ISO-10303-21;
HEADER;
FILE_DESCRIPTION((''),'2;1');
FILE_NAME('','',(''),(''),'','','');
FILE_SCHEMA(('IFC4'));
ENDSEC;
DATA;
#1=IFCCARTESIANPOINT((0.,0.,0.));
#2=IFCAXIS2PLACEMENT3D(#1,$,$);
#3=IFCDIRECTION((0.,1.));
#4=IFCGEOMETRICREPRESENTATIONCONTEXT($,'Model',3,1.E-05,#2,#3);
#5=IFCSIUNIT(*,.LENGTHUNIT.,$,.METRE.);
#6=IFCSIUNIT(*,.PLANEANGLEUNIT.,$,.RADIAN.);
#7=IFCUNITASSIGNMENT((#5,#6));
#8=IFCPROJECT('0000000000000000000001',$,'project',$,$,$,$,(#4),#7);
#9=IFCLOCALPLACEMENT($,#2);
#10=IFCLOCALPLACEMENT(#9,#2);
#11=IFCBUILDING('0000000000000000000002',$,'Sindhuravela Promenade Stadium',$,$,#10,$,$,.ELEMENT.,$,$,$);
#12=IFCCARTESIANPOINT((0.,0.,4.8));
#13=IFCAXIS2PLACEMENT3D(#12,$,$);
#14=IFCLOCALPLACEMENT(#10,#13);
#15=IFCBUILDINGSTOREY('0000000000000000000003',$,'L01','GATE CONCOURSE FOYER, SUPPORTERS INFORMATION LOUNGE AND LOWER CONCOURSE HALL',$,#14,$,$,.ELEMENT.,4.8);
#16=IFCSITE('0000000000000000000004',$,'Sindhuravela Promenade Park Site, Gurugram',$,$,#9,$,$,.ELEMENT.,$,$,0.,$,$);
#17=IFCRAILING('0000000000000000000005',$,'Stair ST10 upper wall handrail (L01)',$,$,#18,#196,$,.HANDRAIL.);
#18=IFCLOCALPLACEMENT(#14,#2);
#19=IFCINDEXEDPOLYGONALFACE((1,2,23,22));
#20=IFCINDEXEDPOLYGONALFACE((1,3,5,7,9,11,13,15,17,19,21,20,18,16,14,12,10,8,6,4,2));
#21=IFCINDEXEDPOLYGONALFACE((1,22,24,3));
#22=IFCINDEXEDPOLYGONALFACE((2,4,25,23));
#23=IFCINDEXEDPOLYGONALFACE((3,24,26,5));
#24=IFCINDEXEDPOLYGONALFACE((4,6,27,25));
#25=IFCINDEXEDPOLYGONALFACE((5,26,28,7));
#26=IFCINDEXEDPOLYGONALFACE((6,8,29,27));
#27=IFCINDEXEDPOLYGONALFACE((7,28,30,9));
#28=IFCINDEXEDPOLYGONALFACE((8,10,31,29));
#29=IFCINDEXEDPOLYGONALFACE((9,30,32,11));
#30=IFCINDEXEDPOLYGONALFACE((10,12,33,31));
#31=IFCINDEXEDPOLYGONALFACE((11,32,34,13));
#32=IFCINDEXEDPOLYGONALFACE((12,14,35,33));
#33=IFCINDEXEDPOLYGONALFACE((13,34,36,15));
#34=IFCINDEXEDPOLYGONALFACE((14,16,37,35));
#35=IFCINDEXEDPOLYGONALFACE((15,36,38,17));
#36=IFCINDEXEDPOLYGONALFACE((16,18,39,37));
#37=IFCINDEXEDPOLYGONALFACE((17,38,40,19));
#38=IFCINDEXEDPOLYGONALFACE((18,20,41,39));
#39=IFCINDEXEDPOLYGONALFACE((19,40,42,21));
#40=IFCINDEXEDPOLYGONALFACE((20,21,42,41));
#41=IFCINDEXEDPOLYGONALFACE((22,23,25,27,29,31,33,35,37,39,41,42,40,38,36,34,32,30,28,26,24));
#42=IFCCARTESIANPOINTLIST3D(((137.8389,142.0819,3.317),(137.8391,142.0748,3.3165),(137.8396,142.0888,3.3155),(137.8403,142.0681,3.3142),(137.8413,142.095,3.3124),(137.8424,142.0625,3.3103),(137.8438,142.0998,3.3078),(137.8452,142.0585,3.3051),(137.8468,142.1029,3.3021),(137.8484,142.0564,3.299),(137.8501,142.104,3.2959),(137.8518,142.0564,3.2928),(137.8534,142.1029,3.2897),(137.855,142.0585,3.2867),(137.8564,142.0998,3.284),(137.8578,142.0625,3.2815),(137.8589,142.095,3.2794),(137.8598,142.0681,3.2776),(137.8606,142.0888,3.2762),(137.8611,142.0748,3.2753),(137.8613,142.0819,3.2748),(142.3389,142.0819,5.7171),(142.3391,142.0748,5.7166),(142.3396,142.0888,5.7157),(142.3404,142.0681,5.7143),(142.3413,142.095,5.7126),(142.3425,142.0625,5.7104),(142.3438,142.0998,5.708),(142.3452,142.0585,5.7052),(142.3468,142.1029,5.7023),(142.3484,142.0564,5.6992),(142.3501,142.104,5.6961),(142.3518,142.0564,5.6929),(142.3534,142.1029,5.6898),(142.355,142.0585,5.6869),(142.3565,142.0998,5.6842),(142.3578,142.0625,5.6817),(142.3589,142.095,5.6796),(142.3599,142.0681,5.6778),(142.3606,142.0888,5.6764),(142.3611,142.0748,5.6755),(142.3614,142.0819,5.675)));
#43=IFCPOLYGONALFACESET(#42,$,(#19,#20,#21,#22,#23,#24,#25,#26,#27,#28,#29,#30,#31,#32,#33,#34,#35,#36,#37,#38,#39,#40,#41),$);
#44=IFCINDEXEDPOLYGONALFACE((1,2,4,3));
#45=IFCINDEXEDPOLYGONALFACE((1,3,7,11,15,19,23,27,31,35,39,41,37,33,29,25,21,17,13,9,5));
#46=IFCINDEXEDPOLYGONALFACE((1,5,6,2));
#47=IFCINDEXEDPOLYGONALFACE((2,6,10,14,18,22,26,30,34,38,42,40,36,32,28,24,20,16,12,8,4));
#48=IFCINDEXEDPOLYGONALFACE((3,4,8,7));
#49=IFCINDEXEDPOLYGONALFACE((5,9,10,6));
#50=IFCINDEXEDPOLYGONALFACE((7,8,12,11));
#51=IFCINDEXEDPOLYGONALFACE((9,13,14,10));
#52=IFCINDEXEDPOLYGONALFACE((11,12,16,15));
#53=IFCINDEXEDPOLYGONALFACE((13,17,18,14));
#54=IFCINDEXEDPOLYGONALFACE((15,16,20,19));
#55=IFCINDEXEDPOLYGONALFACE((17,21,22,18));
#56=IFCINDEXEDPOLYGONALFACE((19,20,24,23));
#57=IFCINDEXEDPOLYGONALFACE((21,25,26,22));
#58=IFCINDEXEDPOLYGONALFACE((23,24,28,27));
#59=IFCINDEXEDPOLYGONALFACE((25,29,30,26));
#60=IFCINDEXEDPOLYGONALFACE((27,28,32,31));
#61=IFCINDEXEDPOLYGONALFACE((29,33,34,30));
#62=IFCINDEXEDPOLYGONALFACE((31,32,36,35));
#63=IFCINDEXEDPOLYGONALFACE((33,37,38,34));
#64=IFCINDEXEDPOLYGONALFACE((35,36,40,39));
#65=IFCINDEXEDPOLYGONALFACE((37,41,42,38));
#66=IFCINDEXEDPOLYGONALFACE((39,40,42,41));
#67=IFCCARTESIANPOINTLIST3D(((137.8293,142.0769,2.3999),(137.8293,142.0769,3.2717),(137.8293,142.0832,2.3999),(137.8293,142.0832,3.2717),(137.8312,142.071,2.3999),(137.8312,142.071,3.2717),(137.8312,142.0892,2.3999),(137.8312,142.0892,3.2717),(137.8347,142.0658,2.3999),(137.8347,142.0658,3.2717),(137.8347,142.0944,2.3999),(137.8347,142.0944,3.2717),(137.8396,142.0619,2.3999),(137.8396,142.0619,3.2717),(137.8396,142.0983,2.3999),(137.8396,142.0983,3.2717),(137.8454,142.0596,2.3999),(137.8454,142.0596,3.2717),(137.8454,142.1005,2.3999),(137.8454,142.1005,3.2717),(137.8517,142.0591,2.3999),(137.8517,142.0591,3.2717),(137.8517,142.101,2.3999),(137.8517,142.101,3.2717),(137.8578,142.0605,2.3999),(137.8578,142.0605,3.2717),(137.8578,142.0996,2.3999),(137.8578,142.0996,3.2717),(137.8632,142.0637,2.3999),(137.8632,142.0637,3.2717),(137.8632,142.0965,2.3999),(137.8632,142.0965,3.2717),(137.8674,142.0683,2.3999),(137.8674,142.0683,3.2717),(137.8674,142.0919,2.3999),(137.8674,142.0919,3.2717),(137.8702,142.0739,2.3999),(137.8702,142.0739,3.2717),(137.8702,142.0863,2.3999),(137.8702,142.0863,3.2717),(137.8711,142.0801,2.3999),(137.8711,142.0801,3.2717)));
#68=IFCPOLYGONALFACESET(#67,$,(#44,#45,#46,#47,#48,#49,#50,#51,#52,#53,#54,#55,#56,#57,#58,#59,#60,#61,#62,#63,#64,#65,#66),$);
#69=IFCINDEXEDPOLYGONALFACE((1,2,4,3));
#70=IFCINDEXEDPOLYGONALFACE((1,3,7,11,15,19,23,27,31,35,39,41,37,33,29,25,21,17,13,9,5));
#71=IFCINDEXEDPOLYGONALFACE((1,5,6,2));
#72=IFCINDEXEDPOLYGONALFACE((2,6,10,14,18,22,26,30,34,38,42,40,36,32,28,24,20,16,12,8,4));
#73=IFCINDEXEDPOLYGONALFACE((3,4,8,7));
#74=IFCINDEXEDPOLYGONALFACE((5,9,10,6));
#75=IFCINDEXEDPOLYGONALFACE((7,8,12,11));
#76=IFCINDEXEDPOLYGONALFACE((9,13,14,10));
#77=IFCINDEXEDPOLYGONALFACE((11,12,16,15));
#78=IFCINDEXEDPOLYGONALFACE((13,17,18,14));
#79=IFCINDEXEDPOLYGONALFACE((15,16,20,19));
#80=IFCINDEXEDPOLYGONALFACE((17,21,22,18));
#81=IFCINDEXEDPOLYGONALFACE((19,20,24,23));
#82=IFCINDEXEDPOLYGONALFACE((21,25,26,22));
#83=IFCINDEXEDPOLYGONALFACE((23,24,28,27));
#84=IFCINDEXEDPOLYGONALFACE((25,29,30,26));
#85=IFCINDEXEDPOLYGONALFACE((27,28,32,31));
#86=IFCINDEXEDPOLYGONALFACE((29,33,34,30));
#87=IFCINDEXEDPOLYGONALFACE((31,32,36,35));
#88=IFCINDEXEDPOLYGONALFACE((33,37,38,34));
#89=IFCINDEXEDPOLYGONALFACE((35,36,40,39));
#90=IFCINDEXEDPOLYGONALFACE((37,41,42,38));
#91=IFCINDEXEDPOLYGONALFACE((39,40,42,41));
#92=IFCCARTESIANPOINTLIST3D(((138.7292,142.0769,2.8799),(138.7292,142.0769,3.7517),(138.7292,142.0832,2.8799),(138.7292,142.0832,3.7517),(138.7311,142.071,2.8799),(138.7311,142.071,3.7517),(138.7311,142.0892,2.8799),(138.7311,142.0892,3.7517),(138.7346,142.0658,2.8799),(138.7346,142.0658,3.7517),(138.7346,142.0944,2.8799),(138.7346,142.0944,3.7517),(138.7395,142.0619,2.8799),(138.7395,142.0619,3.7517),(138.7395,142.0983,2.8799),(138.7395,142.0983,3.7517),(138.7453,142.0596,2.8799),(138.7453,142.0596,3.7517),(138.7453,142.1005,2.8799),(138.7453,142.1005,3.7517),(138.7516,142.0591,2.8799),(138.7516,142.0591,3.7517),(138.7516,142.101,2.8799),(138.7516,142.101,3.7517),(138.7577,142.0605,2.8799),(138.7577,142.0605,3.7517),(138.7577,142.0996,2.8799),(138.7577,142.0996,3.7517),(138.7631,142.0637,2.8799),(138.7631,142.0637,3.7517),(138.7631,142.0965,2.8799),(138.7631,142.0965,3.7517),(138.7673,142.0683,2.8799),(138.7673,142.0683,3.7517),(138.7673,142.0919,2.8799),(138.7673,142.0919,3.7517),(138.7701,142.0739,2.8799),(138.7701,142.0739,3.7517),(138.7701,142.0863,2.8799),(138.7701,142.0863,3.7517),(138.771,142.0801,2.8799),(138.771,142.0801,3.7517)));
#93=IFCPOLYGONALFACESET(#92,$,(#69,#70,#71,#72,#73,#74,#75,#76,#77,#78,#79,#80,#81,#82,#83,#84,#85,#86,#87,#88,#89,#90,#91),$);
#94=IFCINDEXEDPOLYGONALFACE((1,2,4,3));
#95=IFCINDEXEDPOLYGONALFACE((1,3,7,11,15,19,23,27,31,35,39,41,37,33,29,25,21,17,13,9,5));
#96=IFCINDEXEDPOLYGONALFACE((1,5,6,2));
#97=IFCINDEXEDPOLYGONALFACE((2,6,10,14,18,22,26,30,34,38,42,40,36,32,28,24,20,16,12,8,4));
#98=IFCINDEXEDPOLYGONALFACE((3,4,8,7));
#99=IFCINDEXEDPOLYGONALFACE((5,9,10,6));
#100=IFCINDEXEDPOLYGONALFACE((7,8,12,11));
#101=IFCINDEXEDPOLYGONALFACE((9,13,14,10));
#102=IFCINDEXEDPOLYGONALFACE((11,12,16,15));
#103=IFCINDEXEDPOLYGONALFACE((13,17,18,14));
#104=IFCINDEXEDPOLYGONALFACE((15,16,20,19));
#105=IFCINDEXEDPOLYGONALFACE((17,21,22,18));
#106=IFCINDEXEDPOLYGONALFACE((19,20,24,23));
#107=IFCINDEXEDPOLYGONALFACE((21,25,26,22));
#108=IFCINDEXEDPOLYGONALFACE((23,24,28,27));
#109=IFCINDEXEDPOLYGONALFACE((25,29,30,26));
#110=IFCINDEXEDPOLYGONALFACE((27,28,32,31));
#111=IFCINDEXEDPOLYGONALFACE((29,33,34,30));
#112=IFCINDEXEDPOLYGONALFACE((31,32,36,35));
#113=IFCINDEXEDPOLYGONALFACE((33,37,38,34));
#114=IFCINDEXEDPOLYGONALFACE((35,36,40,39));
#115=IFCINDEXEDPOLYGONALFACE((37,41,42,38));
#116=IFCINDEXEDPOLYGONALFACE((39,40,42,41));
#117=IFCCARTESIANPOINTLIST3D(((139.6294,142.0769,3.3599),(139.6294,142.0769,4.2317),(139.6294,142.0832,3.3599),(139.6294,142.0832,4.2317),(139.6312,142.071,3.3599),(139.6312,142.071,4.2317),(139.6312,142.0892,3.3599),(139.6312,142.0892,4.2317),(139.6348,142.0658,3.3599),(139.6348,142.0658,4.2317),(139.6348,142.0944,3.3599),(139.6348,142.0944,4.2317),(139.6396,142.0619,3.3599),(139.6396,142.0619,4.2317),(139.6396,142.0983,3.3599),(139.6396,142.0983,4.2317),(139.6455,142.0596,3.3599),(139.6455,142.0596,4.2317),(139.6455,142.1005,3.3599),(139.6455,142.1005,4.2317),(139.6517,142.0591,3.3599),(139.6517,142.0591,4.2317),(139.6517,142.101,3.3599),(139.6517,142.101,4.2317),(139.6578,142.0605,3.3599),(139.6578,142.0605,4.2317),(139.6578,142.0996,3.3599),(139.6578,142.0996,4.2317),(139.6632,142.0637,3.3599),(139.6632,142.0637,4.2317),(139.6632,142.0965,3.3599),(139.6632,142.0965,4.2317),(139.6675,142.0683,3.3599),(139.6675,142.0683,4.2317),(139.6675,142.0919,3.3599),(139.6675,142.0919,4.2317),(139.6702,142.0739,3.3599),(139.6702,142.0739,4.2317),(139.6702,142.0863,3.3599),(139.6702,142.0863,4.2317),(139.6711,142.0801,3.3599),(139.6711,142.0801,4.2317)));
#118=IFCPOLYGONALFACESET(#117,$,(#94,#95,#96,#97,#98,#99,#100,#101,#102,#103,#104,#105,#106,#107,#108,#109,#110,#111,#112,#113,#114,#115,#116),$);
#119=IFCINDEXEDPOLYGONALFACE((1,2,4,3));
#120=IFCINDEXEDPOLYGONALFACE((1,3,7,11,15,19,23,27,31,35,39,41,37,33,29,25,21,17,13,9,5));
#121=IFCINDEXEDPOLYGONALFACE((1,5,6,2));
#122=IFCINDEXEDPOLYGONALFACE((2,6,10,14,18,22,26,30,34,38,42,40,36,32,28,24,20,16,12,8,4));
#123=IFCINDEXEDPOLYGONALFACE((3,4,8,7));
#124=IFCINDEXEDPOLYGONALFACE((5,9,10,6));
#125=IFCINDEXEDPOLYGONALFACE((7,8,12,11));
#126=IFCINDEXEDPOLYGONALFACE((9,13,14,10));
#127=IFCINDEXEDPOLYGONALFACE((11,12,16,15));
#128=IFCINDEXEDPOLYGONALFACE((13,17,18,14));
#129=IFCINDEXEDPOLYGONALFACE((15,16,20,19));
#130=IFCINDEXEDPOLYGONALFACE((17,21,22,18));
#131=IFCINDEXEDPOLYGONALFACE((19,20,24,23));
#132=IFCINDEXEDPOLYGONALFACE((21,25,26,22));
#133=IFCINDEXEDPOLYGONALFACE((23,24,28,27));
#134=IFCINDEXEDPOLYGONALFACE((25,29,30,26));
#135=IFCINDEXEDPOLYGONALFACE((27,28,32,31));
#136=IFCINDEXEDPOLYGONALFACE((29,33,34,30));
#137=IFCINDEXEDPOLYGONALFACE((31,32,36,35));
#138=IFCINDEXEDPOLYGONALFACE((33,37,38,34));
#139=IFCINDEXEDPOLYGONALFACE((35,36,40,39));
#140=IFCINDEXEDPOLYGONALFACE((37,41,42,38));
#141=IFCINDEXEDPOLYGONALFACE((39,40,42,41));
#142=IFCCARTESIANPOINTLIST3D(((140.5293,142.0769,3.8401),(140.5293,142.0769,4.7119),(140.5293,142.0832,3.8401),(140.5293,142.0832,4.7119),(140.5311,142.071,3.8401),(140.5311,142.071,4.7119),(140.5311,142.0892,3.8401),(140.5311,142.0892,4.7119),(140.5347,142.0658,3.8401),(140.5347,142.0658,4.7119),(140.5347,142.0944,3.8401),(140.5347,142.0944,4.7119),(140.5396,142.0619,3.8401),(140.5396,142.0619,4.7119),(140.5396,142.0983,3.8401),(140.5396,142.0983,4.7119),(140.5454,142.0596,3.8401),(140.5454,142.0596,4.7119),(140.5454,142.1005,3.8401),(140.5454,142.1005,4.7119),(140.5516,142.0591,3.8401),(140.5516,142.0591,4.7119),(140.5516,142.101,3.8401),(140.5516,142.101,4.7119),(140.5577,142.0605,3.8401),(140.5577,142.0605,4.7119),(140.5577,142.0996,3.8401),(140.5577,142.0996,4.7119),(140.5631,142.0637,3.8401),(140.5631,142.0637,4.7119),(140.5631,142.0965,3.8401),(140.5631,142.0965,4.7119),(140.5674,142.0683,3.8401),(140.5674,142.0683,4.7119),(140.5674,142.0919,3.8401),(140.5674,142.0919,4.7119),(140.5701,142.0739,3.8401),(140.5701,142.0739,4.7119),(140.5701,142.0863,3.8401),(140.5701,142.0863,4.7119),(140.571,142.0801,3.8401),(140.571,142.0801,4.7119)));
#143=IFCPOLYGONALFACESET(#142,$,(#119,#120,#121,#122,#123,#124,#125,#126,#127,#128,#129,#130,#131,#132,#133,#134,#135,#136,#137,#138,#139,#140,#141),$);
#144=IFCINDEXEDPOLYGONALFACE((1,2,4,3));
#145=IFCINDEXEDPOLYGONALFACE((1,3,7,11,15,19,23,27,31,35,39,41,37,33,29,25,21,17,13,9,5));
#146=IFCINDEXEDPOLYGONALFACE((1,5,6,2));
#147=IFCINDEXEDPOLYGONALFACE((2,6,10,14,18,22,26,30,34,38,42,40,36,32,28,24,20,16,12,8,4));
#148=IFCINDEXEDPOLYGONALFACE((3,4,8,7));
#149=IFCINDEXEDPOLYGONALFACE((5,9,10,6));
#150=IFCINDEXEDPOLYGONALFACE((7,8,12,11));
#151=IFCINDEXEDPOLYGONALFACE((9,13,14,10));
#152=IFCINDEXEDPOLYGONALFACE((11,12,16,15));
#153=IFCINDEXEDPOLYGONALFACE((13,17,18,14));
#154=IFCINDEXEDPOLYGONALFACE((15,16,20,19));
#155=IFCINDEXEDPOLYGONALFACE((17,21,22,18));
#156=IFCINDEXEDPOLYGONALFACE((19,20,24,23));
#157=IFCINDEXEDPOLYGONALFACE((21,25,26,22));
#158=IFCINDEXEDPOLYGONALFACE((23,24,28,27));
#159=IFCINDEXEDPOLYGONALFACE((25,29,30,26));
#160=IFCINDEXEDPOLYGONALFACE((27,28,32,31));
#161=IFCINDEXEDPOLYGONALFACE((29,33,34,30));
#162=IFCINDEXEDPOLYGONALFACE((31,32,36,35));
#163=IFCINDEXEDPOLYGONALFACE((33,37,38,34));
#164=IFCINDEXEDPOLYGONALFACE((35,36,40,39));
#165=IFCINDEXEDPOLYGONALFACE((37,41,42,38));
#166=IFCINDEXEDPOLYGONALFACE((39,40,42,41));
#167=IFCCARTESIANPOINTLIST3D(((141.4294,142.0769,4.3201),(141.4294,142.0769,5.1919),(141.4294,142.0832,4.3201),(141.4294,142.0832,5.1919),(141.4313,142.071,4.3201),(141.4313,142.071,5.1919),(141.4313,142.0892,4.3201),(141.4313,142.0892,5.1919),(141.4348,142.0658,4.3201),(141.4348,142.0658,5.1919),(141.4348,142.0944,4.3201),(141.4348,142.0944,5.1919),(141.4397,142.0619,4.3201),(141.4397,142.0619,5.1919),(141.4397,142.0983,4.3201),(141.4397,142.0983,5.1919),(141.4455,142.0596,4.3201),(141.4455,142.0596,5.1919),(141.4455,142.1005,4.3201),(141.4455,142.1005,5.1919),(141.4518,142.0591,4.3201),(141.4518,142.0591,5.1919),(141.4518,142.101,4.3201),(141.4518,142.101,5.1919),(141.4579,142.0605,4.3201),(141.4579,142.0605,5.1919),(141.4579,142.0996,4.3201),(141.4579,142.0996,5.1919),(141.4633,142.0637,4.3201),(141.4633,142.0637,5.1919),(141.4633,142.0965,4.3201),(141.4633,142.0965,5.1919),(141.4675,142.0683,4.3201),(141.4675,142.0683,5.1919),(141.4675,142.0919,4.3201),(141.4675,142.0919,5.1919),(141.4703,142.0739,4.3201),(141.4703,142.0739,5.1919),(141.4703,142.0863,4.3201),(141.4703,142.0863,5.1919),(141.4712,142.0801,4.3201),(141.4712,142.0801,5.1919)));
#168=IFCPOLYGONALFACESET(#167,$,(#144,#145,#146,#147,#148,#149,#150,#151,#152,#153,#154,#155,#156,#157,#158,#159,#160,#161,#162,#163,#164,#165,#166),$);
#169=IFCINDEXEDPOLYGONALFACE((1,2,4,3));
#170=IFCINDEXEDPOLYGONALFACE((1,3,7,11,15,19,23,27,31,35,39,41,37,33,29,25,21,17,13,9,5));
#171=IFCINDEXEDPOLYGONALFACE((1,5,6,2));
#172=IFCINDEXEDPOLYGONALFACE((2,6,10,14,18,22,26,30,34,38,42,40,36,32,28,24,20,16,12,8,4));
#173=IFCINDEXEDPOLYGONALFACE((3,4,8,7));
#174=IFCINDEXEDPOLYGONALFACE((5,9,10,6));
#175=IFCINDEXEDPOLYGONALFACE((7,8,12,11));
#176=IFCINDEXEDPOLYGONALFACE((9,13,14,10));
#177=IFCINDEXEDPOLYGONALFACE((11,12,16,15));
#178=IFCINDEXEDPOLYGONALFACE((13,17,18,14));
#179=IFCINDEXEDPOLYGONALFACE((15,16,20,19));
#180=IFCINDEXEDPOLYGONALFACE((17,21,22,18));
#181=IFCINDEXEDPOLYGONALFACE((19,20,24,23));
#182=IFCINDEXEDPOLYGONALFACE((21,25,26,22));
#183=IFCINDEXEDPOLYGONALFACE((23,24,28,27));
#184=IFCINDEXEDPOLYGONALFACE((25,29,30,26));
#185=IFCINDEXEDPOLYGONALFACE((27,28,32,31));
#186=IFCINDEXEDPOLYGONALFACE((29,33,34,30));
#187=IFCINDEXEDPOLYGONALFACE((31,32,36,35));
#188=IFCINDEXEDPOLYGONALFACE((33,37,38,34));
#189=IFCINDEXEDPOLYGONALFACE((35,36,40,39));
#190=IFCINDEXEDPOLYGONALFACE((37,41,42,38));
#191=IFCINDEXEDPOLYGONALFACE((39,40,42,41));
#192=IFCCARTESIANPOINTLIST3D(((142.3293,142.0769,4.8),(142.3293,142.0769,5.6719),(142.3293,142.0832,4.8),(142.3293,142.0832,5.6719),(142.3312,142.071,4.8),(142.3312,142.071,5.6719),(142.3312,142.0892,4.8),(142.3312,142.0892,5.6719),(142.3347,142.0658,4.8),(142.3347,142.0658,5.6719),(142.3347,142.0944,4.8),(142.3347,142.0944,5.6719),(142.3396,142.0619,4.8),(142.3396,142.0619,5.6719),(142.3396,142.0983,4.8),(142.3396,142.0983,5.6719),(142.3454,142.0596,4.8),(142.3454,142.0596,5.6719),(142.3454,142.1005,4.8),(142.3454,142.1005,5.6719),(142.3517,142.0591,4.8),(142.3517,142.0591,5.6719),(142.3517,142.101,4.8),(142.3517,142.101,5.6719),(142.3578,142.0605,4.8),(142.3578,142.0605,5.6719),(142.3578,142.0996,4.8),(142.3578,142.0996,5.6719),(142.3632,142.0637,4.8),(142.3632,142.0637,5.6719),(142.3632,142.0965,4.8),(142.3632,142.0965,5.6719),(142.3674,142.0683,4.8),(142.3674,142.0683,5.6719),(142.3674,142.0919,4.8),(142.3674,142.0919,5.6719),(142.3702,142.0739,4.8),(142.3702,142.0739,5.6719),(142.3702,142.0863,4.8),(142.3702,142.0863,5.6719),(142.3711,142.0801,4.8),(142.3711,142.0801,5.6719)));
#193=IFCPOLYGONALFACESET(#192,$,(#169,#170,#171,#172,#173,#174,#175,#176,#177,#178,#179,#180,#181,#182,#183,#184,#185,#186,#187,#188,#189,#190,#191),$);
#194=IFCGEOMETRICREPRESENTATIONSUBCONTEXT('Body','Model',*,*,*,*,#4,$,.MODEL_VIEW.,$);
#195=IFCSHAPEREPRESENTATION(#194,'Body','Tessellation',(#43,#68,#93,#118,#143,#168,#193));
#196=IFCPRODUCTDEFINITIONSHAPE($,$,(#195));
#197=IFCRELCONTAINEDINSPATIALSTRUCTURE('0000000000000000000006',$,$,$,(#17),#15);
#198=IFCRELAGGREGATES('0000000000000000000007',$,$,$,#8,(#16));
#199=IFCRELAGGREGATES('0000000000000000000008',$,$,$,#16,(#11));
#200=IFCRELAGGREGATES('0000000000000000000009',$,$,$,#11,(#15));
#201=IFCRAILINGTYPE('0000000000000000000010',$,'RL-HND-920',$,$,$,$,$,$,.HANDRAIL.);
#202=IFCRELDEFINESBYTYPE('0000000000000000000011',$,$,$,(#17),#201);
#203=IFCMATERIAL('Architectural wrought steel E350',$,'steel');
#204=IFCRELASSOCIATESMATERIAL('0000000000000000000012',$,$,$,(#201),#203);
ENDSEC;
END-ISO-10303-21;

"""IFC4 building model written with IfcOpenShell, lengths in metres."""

from ifc_helpers import new_model, si_unit, direction, frame, origin, origin_2d, place, context, subcontext, project, spatial, circle, extrude, material, type_object, element, save


model = new_model("IFC4")

# Units and contexts
model_context = context("Model", 3, precision=1e-05, world=origin(), true_north=direction((0.0, 1.0)))
body_context = subcontext(model_context, "Body", "Model", "MODEL_VIEW")
ifc_project = project(units=[si_unit("LENGTHUNIT", "METRE"), si_unit("PLANEANGLEUNIT", "RADIAN")], contexts=[model_context])

# Site, building, storey
site_placement = place(None, origin())
site = spatial("IfcSite", under=ifc_project, at=site_placement, Name="Sindhuravela Promenade Park Site, Gurugram", CompositionType="ELEMENT", RefElevation=0.0)
building_placement = place(site_placement, origin())
building = spatial("IfcBuilding", under=site, at=building_placement, Name="Sindhuravela Promenade Stadium", CompositionType="ELEMENT")
storey_placement = place(building_placement, frame((0.0, 0.0, 4.8)))
storey = spatial("IfcBuildingStorey", under=building, at=storey_placement, Name="L01", Description="GATE CONCOURSE FOYER, SUPPORTERS INFORMATION LOUNGE AND LOWER CONCOURSE HALL", CompositionType="ELEMENT", Elevation=4.8)

# Shared definitions
ifc_material_1 = material(Name="Architectural wrought steel E350", Category="steel")

# Railing
railing_type_1 = type_object("IfcRailingType", Name="RL-HND-920", PredefinedType="HANDRAIL", material=ifc_material_1)
railing_1_placement = place(storey_placement, frame((137.8501, 142.0801, 2.3999)))
element("IfcRailing", 1, at=railing_1_placement, inside=storey, type_object=railing_type_1, Name="Stair ST10 upper wall handrail (L01)", PredefinedType="HANDRAIL", context=body_context, shape_type="SweptSolid", body=[
    extrude(circle(Radius=0.0239, at=origin_2d()), frame((0.0, 0.0, 0.896), z_axis=(0.882341, 0.0, 0.470611), x_axis=(0.0, 1.0, 0.0)), (0.0, 0.0, 1.0), 5.1001),
    extrude(circle(Radius=0.021, at=origin_2d()), origin(), (0.0, 0.0, 1.0), 0.8718),
    extrude(circle(Radius=0.021, at=origin_2d()), frame((0.8999, 0.0, 0.48)), (0.0, 0.0, 1.0), 0.8718),
    extrude(circle(Radius=0.021, at=origin_2d()), frame((1.8, 0.0, 0.96)), (0.0, 0.0, 1.0), 0.8718),
    extrude(circle(Radius=0.021, at=origin_2d()), frame((2.7, 0.0, 1.4402)), (0.0, 0.0, 1.0), 0.8718),
    extrude(circle(Radius=0.021, at=origin_2d()), frame((3.6001, 0.0, 1.9202)), (0.0, 0.0, 1.0), 0.8718),
    extrude(circle(Radius=0.021, at=origin_2d()), frame((4.5, 0.0, 2.4001)), (0.0, 0.0, 1.0), 0.8718),
])

save(model, "model.ifc")
